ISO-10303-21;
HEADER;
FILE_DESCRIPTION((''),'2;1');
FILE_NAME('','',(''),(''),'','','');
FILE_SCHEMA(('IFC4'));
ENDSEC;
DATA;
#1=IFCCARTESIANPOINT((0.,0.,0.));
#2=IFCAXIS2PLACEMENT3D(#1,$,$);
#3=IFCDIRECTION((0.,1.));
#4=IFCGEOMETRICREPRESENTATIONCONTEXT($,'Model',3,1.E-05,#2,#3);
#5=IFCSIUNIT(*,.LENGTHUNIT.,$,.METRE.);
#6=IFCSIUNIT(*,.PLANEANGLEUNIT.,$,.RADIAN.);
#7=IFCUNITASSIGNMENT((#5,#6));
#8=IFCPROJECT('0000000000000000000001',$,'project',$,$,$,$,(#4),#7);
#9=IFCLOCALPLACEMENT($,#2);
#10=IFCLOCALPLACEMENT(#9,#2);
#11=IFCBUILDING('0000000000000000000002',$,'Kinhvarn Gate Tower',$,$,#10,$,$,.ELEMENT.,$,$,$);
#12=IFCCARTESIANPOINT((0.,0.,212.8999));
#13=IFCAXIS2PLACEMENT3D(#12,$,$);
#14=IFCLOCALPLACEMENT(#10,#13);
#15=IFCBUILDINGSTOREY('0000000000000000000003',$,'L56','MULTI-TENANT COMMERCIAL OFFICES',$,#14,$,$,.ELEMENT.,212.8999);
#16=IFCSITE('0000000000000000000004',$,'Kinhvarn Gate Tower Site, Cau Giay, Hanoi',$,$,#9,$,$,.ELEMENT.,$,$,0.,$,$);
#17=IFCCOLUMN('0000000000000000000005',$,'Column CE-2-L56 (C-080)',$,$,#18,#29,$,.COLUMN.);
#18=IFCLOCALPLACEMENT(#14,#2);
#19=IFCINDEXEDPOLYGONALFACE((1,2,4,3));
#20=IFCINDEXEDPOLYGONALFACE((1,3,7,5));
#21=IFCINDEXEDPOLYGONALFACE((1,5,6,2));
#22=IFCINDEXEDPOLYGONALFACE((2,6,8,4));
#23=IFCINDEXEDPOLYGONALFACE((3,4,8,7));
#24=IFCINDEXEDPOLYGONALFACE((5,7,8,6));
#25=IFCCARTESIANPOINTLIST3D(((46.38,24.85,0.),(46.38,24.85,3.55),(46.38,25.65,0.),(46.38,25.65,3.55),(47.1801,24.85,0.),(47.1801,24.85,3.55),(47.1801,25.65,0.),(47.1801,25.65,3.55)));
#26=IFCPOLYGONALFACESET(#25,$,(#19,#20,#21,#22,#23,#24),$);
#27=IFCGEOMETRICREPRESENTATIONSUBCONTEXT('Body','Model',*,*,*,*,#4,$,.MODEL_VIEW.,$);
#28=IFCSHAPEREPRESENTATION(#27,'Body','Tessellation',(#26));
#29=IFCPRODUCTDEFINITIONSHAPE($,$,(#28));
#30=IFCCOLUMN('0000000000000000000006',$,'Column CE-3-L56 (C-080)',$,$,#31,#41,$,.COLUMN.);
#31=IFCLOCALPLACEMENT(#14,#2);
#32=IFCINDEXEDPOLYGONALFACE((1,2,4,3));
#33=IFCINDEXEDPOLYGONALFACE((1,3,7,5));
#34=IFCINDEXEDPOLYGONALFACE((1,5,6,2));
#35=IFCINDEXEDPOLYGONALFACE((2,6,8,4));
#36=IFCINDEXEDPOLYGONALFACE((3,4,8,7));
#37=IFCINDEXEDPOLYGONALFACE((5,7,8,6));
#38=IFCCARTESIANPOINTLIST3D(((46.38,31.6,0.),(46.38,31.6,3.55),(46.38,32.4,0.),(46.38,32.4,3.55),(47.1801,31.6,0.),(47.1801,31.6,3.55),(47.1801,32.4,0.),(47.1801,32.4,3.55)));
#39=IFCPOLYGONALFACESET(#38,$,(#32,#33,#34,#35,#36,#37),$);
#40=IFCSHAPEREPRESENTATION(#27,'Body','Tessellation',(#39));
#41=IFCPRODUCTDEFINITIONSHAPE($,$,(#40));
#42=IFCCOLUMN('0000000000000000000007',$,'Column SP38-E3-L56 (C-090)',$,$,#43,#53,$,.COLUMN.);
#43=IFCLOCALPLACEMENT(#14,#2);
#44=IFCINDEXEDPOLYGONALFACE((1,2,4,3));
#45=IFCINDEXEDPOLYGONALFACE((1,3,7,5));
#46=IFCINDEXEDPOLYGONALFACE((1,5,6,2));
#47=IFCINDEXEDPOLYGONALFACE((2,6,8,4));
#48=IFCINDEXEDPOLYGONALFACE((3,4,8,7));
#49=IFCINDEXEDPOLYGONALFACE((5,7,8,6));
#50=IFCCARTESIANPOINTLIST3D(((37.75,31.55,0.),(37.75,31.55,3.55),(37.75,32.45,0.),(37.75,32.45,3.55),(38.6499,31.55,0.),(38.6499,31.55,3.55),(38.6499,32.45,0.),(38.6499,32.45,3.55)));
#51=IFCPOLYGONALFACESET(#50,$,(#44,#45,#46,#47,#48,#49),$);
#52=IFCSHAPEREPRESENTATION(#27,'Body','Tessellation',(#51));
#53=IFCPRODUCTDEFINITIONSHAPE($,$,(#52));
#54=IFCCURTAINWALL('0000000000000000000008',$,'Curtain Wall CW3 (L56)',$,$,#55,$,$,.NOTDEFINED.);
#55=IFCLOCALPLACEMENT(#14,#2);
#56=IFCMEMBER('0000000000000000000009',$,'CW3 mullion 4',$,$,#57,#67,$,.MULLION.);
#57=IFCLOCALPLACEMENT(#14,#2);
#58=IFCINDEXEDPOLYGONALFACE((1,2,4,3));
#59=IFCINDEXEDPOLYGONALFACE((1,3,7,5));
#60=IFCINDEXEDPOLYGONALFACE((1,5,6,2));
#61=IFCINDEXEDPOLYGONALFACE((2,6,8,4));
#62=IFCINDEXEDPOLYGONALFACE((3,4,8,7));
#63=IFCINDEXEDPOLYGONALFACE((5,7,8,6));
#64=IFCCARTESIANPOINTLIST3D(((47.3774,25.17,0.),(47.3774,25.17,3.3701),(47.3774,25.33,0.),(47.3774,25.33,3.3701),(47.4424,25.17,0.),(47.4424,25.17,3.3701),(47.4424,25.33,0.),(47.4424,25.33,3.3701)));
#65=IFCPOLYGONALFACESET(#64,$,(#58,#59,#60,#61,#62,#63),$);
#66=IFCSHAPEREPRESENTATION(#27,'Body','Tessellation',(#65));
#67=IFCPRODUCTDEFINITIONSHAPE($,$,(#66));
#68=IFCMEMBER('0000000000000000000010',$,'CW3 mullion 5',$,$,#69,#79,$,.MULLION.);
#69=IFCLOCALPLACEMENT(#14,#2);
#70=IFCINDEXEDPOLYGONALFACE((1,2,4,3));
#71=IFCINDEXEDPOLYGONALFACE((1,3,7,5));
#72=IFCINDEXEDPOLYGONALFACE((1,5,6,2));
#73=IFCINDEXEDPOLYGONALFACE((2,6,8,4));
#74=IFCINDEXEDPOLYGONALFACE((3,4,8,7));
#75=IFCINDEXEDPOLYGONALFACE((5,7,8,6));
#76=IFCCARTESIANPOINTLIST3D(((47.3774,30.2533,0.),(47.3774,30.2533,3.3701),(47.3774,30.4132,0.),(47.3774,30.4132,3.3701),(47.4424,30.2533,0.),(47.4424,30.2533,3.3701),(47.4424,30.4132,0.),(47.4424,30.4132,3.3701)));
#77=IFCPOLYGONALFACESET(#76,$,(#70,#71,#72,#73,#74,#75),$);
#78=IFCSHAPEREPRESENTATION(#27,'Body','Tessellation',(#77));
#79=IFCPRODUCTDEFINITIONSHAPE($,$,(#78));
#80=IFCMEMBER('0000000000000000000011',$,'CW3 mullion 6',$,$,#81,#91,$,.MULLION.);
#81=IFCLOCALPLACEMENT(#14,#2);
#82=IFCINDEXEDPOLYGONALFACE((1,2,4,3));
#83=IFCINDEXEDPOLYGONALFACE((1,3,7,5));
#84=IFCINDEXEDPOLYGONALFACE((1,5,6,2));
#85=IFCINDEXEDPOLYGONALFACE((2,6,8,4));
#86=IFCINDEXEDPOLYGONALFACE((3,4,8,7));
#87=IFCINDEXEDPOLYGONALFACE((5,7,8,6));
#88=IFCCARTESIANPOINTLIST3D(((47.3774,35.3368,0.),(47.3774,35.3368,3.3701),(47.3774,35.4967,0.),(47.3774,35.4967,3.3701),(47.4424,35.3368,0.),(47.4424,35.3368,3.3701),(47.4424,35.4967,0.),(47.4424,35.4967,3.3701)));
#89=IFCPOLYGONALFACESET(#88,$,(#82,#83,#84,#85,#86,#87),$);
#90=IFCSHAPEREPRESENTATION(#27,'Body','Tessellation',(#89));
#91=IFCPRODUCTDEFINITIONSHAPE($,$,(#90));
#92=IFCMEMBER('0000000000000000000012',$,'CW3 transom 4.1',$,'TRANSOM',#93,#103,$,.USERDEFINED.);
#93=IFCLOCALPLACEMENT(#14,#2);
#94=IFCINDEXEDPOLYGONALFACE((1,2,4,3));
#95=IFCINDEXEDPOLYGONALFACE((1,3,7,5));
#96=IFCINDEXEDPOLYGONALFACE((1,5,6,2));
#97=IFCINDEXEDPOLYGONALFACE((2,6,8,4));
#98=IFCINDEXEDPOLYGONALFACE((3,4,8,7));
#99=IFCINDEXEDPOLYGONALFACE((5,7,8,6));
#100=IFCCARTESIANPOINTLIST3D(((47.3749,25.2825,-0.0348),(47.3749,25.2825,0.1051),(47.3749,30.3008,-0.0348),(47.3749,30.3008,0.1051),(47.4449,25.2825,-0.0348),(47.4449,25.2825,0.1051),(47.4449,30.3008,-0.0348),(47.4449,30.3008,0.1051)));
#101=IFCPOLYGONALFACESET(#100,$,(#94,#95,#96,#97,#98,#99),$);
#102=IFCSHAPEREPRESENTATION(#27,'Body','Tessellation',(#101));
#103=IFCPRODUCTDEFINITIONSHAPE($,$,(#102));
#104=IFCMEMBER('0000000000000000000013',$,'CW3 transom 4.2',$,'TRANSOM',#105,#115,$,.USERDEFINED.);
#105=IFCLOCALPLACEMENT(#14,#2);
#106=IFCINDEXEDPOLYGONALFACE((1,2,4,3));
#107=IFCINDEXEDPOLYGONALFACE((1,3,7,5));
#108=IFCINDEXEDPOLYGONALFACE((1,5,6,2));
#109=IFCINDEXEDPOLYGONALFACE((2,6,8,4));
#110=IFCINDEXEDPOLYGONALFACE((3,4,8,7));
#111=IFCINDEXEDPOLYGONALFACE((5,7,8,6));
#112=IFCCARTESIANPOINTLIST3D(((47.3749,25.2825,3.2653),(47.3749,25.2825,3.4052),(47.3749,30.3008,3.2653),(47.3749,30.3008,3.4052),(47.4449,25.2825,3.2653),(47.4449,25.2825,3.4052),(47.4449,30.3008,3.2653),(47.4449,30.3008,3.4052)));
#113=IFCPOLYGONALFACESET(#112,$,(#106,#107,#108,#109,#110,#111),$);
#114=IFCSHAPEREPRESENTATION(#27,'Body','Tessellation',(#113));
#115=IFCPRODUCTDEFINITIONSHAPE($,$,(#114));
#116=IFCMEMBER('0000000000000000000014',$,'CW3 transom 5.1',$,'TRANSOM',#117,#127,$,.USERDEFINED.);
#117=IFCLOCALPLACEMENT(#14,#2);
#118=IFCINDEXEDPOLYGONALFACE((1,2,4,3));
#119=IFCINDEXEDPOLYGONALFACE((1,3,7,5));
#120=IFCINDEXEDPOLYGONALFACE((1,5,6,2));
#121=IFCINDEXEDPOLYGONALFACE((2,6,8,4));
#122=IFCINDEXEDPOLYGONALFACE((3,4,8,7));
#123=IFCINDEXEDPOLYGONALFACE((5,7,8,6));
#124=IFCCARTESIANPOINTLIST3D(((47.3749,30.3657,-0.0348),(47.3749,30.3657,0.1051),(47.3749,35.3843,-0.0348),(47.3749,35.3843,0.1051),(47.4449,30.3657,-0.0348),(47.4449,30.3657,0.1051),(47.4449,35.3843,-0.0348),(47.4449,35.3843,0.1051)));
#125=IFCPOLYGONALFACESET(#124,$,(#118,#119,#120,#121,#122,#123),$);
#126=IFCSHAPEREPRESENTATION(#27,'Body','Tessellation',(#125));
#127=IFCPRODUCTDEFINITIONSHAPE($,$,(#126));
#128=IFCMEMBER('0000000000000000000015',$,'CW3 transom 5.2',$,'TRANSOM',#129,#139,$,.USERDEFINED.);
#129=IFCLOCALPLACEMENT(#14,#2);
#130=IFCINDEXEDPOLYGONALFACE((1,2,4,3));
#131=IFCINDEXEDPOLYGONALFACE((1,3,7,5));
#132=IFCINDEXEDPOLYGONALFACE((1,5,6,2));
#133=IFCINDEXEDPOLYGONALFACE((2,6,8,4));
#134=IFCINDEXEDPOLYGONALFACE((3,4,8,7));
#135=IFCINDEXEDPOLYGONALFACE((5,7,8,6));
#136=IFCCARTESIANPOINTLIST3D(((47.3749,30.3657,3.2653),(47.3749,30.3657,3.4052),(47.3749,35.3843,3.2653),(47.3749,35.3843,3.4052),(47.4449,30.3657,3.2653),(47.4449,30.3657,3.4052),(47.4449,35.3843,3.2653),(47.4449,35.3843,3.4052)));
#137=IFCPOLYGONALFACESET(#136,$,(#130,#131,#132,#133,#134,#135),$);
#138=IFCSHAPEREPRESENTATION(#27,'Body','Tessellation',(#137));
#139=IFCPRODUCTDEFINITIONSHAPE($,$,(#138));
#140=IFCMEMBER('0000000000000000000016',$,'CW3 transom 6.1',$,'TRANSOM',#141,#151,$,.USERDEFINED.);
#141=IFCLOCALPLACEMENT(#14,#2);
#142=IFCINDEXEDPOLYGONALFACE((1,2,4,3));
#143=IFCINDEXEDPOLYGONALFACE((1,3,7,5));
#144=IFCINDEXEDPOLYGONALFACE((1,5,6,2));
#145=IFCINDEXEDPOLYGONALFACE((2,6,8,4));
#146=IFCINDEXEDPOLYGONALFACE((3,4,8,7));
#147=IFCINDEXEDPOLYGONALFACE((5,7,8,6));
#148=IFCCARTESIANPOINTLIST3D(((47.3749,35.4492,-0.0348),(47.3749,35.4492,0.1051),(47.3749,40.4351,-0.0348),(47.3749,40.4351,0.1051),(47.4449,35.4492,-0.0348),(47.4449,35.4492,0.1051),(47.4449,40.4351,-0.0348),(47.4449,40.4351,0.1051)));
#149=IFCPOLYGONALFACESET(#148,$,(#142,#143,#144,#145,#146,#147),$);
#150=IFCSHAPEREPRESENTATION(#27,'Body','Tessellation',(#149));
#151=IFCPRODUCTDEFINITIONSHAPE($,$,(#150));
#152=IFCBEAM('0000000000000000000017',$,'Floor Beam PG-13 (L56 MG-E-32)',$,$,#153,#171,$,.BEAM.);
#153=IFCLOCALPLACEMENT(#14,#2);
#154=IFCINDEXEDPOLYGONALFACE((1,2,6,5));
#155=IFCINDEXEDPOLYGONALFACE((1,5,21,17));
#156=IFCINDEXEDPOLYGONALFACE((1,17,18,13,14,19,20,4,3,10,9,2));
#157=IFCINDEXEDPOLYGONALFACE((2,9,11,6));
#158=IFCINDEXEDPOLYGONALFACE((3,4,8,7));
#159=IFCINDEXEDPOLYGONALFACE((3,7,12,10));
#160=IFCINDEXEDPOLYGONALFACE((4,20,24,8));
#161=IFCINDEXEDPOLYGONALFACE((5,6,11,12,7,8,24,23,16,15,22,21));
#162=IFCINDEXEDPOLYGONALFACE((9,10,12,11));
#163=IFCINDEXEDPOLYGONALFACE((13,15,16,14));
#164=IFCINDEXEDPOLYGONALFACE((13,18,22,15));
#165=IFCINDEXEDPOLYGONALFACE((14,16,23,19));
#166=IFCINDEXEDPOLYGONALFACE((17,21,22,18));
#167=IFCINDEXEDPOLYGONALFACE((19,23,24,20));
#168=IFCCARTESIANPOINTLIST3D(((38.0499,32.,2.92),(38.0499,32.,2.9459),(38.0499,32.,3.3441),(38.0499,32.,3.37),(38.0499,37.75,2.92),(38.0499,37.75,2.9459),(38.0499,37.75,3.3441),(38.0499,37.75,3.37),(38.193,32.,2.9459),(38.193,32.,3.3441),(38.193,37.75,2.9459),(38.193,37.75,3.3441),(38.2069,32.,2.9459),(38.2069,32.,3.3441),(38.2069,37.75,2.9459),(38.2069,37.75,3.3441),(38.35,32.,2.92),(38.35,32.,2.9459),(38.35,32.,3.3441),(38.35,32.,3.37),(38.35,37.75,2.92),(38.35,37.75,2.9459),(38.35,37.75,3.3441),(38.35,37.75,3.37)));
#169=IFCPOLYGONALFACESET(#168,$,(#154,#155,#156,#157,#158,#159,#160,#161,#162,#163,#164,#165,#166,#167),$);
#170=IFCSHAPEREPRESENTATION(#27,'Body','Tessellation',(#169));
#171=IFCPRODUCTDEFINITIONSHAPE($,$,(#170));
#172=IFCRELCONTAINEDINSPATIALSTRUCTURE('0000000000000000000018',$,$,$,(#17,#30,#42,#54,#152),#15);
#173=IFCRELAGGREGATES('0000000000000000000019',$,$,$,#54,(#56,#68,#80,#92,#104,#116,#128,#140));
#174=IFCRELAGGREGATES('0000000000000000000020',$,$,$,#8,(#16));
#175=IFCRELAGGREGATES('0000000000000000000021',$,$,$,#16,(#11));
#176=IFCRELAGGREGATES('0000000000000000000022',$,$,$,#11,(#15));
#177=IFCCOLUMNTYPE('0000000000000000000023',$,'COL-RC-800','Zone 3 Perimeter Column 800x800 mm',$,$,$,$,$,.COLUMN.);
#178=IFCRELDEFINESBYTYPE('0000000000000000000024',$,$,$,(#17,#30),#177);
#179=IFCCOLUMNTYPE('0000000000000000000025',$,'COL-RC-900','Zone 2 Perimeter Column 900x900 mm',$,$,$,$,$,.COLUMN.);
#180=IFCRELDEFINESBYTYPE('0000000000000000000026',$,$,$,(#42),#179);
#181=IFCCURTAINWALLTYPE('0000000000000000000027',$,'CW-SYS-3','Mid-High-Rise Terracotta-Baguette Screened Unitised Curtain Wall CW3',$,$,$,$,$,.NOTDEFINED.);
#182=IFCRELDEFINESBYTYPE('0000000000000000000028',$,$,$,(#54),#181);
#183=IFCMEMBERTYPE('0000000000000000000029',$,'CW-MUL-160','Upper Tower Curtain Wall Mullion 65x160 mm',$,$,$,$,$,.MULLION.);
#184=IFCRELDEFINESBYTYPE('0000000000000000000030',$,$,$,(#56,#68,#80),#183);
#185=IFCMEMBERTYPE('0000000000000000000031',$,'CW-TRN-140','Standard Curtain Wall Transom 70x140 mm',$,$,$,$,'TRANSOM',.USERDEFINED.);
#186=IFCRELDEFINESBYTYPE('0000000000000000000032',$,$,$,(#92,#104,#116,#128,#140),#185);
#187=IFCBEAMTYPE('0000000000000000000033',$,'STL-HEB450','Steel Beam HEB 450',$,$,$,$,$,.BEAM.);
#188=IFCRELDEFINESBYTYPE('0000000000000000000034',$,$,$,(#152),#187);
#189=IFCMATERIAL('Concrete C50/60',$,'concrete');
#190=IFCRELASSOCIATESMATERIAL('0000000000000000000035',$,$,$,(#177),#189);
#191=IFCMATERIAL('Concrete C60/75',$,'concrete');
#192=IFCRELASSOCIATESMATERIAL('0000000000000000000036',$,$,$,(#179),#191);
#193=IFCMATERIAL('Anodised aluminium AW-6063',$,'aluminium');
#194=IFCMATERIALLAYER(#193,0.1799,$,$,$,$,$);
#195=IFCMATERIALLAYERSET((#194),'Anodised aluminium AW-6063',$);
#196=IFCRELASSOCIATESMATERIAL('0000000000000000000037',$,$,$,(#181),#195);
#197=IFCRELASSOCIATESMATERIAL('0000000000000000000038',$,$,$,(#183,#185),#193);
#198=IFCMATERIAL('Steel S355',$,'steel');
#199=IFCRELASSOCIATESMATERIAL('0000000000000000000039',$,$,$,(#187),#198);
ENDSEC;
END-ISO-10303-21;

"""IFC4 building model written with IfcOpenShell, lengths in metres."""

from ifc_helpers import new_model, si_unit, direction, frame, origin, origin_2d, place, context, subcontext, project, spatial, rectangle, i_section, extrude, material, layer, layer_set, material_profile, profile_set, type_object, element, aggregate, save


model = new_model("IFC4")

# Units and contexts
model_context = context("Model", 3, precision=1e-05, world=origin(), true_north=direction((0.0, 1.0)))
body_context = subcontext(model_context, "Body", "Model", "MODEL_VIEW")
ifc_project = project(units=[si_unit("LENGTHUNIT", "METRE"), si_unit("PLANEANGLEUNIT", "RADIAN")], contexts=[model_context])

# Site, building, storey
site_placement = place(None, origin())
site = spatial("IfcSite", under=ifc_project, at=site_placement, Name="Kinhvarn Gate Tower Site, Cau Giay, Hanoi", CompositionType="ELEMENT", RefElevation=0.0)
building_placement = place(site_placement, origin())
building = spatial("IfcBuilding", under=site, at=building_placement, Name="Kinhvarn Gate Tower", CompositionType="ELEMENT")
storey_placement = place(building_placement, frame((0.0, 0.0, 212.8999)))
storey = spatial("IfcBuildingStorey", under=building, at=storey_placement, Name="L56", Description="MULTI-TENANT COMMERCIAL OFFICES", CompositionType="ELEMENT", Elevation=212.8999)

# Columns
ifc_material_1 = material(Name="Concrete C50/60", Category="concrete")
ifc_material_profile_1 = material_profile(ifc_material_1, rectangle(XDim=0.8, YDim=0.8, at=origin_2d()), Name="RC 800x800")
ifc_profile_set_1 = profile_set([ifc_material_profile_1], Name="Concrete C50/60")
column_type_1 = type_object("IfcColumnType", Name="COL-RC-800", Description="Zone 3 Perimeter Column 800x800 mm", PredefinedType="COLUMN", material=ifc_profile_set_1)
for number, where, z_axis, x_axis, name in (
    (1, (46.78, 25.25, 0.0), (0.0, 0.0, 1.0), (1.0, 0.0, 0.0), "Column CE-2-L56 (C-080)"),
    (2, (46.78, 32.0, 0.0), (0.0, 0.0, 1.0), (1.0, 0.0, 0.0), "Column CE-3-L56 (C-080)"),
):
    element("IfcColumn", number, at=place(storey_placement, frame(where, z_axis=z_axis, x_axis=x_axis)), inside=storey, type_object=column_type_1, Name=name, PredefinedType="COLUMN", context=body_context, shape_type="SweptSolid", body=[
        extrude(rectangle(XDim=0.8, YDim=0.8, at=origin_2d()), origin(), (0.0, 0.0, 1.0), 3.55),
    ])
ifc_material_2 = material(Name="Concrete C60/75", Category="concrete")
ifc_material_profile_2 = material_profile(ifc_material_2, rectangle(XDim=0.8999, YDim=0.8999, at=origin_2d()), Name="RC 900x900")
ifc_profile_set_2 = profile_set([ifc_material_profile_2], Name="Concrete C60/75")
column_type_2 = type_object("IfcColumnType", Name="COL-RC-900", Description="Zone 2 Perimeter Column 900x900 mm", PredefinedType="COLUMN", material=ifc_profile_set_2)
column_placement = place(storey_placement, frame((38.2, 32.0, 0.0), z_axis=(0.0, 0.0, 1.0), x_axis=(1.0, 0.0, 0.0)))
element("IfcColumn", 3, at=column_placement, inside=storey, type_object=column_type_2, Name="Column SP38-E3-L56 (C-090)", PredefinedType="COLUMN", context=body_context, shape_type="SweptSolid", body=[
    extrude(rectangle(XDim=0.8999, YDim=0.8999, at=origin_2d()), origin(), (0.0, 0.0, 1.0), 3.55),
])

# Curtain wall, members
ifc_material_3 = material(Name="Anodised aluminium AW-6063", Category="aluminium")
ifc_layer_1 = layer(ifc_material_3, 0.1799)
ifc_layer_set_1 = layer_set([ifc_layer_1], Name="Anodised aluminium AW-6063")
curtain_wall_type = type_object("IfcCurtainWallType", Name="CW-SYS-3", Description="Mid-High-Rise Terracotta-Baguette Screened Unitised Curtain Wall CW3", PredefinedType="NOTDEFINED", material=ifc_layer_set_1)
curtain_wall_placement = place(storey_placement, origin())
curtain_wall = element("IfcCurtainWall", 4, at=curtain_wall_placement, inside=storey, type_object=curtain_wall_type, Name="Curtain Wall CW3 (L56)", PredefinedType="NOTDEFINED")
ifc_material_profile_3 = material_profile(ifc_material_3, rectangle(XDim=0.0649, YDim=0.1599, at=origin_2d()), Name="ALU 65x160")
ifc_profile_set_3 = profile_set([ifc_material_profile_3], Name="Anodised aluminium AW-6063")
member_type_1 = type_object("IfcMemberType", Name="CW-MUL-160", Description="Upper Tower Curtain Wall Mullion 65x160 mm", PredefinedType="MULLION", material=ifc_profile_set_3)
member_1_placement = place(storey_placement, frame((47.4099, 25.25, 0.0), z_axis=(0.0, 0.0, 1.0), x_axis=(-1.0, 0.0, 0.0)))
member_1 = element("IfcMember", 5, at=member_1_placement, type_object=member_type_1, Name="CW3 mullion 4", PredefinedType="MULLION", context=body_context, shape_type="SweptSolid", body=[
    extrude(rectangle(XDim=0.0649, YDim=0.1599, at=origin_2d()), origin(), (0.0, 0.0, 1.0), 3.3701),
])
member_2_placement = place(storey_placement, frame((47.4099, 30.3333, 0.0), z_axis=(0.0, 0.0, 1.0), x_axis=(-1.0, 0.0, 0.0)))
member_2 = element("IfcMember", 6, at=member_2_placement, type_object=member_type_1, Name="CW3 mullion 5", PredefinedType="MULLION", context=body_context, shape_type="SweptSolid", body=[
    extrude(rectangle(XDim=0.0649, YDim=0.1599, at=origin_2d()), origin(), (0.0, 0.0, 1.0), 3.3701),
])
member_3_placement = place(storey_placement, frame((47.4099, 35.4167, 0.0), z_axis=(0.0, 0.0, 1.0), x_axis=(-1.0, 0.0, 0.0)))
member_3 = element("IfcMember", 7, at=member_3_placement, type_object=member_type_1, Name="CW3 mullion 6", PredefinedType="MULLION", context=body_context, shape_type="SweptSolid", body=[
    extrude(rectangle(XDim=0.0649, YDim=0.1599, at=origin_2d()), origin(), (0.0, 0.0, 1.0), 3.3701),
])
ifc_material_profile_4 = material_profile(ifc_material_3, rectangle(XDim=0.0701, YDim=0.1399, at=origin_2d()), Name="ALU 70x140")
ifc_profile_set_4 = profile_set([ifc_material_profile_4], Name="Anodised aluminium AW-6063")
member_type_2 = type_object("IfcMemberType", Name="CW-TRN-140", Description="Standard Curtain Wall Transom 70x140 mm", ElementType="TRANSOM", PredefinedType="USERDEFINED", material=ifc_profile_set_4)
member_4_placement = place(storey_placement, frame((47.4099, 25.2825, 0.0352), z_axis=(0.0, 1.0, 0.0), x_axis=(-1.0, 0.0, 0.0)))
member_4 = element("IfcMember", 8, at=member_4_placement, type_object=member_type_2, Name="CW3 transom 4.1", ObjectType="TRANSOM", PredefinedType="USERDEFINED", context=body_context, shape_type="SweptSolid", body=[
    extrude(rectangle(XDim=0.0701, YDim=0.1399, at=origin_2d()), origin(), (0.0, 0.0, 1.0), 5.0183),
])
member_5_placement = place(storey_placement, frame((47.4099, 25.2825, 3.3352), z_axis=(0.0, 1.0, 0.0), x_axis=(-1.0, 0.0, 0.0)))
member_5 = element("IfcMember", 9, at=member_5_placement, type_object=member_type_2, Name="CW3 transom 4.2", ObjectType="TRANSOM", PredefinedType="USERDEFINED", context=body_context, shape_type="SweptSolid", body=[
    extrude(rectangle(XDim=0.0701, YDim=0.1399, at=origin_2d()), origin(), (0.0, 0.0, 1.0), 5.0183),
])
member_6_placement = place(storey_placement, frame((47.4099, 30.3657, 0.0352), z_axis=(0.0, 1.0, 0.0), x_axis=(-1.0, 0.0, 0.0)))
member_6 = element("IfcMember", 10, at=member_6_placement, type_object=member_type_2, Name="CW3 transom 5.1", ObjectType="TRANSOM", PredefinedType="USERDEFINED", context=body_context, shape_type="SweptSolid", body=[
    extrude(rectangle(XDim=0.0701, YDim=0.1399, at=origin_2d()), origin(), (0.0, 0.0, 1.0), 5.0186),
])
member_7_placement = place(storey_placement, frame((47.4099, 30.3657, 3.3352), z_axis=(0.0, 1.0, 0.0), x_axis=(-1.0, 0.0, 0.0)))
member_7 = element("IfcMember", 11, at=member_7_placement, type_object=member_type_2, Name="CW3 transom 5.2", ObjectType="TRANSOM", PredefinedType="USERDEFINED", context=body_context, shape_type="SweptSolid", body=[
    extrude(rectangle(XDim=0.0701, YDim=0.1399, at=origin_2d()), origin(), (0.0, 0.0, 1.0), 5.0186),
])
member_8_placement = place(storey_placement, frame((47.4099, 35.4492, 0.0352), z_axis=(0.0, 1.0, 0.0), x_axis=(-1.0, 0.0, 0.0)))
member_8 = element("IfcMember", 12, at=member_8_placement, type_object=member_type_2, Name="CW3 transom 6.1", ObjectType="TRANSOM", PredefinedType="USERDEFINED", context=body_context, shape_type="SweptSolid", body=[
    extrude(rectangle(XDim=0.0701, YDim=0.1399, at=origin_2d()), origin(), (0.0, 0.0, 1.0), 4.9858),
])

# Beam
ifc_material_4 = material(Name="Steel S355", Category="steel")
ifc_material_profile_5 = material_profile(ifc_material_4, i_section(OverallWidth=0.3, OverallDepth=0.45, WebThickness=0.0139, FlangeThickness=0.0259, at=origin_2d()), Name="HEB 450")
ifc_profile_set_5 = profile_set([ifc_material_profile_5], Name="Steel S355")
beam_type_1 = type_object("IfcBeamType", Name="STL-HEB450", Description="Steel Beam HEB 450", PredefinedType="BEAM", material=ifc_profile_set_5)
beam_1_placement = place(storey_placement, frame((38.2, 32.0, 3.145), z_axis=(0.0, 1.0, 0.0), x_axis=(-1.0, 0.0, 0.0)))
element("IfcBeam", 13, at=beam_1_placement, inside=storey, type_object=beam_type_1, Name="Floor Beam PG-13 (L56 MG-E-32)", PredefinedType="BEAM", context=body_context, shape_type="SweptSolid", body=[
    extrude(i_section(OverallWidth=0.3, OverallDepth=0.45, WebThickness=0.0139, FlangeThickness=0.0259, at=origin_2d()), origin(), (0.0, 0.0, 1.0), 5.75),
])

aggregate(curtain_wall, [member_1, member_2, member_3, member_4, member_5, member_6, member_7, member_8])

save(model, "model.ifc")
